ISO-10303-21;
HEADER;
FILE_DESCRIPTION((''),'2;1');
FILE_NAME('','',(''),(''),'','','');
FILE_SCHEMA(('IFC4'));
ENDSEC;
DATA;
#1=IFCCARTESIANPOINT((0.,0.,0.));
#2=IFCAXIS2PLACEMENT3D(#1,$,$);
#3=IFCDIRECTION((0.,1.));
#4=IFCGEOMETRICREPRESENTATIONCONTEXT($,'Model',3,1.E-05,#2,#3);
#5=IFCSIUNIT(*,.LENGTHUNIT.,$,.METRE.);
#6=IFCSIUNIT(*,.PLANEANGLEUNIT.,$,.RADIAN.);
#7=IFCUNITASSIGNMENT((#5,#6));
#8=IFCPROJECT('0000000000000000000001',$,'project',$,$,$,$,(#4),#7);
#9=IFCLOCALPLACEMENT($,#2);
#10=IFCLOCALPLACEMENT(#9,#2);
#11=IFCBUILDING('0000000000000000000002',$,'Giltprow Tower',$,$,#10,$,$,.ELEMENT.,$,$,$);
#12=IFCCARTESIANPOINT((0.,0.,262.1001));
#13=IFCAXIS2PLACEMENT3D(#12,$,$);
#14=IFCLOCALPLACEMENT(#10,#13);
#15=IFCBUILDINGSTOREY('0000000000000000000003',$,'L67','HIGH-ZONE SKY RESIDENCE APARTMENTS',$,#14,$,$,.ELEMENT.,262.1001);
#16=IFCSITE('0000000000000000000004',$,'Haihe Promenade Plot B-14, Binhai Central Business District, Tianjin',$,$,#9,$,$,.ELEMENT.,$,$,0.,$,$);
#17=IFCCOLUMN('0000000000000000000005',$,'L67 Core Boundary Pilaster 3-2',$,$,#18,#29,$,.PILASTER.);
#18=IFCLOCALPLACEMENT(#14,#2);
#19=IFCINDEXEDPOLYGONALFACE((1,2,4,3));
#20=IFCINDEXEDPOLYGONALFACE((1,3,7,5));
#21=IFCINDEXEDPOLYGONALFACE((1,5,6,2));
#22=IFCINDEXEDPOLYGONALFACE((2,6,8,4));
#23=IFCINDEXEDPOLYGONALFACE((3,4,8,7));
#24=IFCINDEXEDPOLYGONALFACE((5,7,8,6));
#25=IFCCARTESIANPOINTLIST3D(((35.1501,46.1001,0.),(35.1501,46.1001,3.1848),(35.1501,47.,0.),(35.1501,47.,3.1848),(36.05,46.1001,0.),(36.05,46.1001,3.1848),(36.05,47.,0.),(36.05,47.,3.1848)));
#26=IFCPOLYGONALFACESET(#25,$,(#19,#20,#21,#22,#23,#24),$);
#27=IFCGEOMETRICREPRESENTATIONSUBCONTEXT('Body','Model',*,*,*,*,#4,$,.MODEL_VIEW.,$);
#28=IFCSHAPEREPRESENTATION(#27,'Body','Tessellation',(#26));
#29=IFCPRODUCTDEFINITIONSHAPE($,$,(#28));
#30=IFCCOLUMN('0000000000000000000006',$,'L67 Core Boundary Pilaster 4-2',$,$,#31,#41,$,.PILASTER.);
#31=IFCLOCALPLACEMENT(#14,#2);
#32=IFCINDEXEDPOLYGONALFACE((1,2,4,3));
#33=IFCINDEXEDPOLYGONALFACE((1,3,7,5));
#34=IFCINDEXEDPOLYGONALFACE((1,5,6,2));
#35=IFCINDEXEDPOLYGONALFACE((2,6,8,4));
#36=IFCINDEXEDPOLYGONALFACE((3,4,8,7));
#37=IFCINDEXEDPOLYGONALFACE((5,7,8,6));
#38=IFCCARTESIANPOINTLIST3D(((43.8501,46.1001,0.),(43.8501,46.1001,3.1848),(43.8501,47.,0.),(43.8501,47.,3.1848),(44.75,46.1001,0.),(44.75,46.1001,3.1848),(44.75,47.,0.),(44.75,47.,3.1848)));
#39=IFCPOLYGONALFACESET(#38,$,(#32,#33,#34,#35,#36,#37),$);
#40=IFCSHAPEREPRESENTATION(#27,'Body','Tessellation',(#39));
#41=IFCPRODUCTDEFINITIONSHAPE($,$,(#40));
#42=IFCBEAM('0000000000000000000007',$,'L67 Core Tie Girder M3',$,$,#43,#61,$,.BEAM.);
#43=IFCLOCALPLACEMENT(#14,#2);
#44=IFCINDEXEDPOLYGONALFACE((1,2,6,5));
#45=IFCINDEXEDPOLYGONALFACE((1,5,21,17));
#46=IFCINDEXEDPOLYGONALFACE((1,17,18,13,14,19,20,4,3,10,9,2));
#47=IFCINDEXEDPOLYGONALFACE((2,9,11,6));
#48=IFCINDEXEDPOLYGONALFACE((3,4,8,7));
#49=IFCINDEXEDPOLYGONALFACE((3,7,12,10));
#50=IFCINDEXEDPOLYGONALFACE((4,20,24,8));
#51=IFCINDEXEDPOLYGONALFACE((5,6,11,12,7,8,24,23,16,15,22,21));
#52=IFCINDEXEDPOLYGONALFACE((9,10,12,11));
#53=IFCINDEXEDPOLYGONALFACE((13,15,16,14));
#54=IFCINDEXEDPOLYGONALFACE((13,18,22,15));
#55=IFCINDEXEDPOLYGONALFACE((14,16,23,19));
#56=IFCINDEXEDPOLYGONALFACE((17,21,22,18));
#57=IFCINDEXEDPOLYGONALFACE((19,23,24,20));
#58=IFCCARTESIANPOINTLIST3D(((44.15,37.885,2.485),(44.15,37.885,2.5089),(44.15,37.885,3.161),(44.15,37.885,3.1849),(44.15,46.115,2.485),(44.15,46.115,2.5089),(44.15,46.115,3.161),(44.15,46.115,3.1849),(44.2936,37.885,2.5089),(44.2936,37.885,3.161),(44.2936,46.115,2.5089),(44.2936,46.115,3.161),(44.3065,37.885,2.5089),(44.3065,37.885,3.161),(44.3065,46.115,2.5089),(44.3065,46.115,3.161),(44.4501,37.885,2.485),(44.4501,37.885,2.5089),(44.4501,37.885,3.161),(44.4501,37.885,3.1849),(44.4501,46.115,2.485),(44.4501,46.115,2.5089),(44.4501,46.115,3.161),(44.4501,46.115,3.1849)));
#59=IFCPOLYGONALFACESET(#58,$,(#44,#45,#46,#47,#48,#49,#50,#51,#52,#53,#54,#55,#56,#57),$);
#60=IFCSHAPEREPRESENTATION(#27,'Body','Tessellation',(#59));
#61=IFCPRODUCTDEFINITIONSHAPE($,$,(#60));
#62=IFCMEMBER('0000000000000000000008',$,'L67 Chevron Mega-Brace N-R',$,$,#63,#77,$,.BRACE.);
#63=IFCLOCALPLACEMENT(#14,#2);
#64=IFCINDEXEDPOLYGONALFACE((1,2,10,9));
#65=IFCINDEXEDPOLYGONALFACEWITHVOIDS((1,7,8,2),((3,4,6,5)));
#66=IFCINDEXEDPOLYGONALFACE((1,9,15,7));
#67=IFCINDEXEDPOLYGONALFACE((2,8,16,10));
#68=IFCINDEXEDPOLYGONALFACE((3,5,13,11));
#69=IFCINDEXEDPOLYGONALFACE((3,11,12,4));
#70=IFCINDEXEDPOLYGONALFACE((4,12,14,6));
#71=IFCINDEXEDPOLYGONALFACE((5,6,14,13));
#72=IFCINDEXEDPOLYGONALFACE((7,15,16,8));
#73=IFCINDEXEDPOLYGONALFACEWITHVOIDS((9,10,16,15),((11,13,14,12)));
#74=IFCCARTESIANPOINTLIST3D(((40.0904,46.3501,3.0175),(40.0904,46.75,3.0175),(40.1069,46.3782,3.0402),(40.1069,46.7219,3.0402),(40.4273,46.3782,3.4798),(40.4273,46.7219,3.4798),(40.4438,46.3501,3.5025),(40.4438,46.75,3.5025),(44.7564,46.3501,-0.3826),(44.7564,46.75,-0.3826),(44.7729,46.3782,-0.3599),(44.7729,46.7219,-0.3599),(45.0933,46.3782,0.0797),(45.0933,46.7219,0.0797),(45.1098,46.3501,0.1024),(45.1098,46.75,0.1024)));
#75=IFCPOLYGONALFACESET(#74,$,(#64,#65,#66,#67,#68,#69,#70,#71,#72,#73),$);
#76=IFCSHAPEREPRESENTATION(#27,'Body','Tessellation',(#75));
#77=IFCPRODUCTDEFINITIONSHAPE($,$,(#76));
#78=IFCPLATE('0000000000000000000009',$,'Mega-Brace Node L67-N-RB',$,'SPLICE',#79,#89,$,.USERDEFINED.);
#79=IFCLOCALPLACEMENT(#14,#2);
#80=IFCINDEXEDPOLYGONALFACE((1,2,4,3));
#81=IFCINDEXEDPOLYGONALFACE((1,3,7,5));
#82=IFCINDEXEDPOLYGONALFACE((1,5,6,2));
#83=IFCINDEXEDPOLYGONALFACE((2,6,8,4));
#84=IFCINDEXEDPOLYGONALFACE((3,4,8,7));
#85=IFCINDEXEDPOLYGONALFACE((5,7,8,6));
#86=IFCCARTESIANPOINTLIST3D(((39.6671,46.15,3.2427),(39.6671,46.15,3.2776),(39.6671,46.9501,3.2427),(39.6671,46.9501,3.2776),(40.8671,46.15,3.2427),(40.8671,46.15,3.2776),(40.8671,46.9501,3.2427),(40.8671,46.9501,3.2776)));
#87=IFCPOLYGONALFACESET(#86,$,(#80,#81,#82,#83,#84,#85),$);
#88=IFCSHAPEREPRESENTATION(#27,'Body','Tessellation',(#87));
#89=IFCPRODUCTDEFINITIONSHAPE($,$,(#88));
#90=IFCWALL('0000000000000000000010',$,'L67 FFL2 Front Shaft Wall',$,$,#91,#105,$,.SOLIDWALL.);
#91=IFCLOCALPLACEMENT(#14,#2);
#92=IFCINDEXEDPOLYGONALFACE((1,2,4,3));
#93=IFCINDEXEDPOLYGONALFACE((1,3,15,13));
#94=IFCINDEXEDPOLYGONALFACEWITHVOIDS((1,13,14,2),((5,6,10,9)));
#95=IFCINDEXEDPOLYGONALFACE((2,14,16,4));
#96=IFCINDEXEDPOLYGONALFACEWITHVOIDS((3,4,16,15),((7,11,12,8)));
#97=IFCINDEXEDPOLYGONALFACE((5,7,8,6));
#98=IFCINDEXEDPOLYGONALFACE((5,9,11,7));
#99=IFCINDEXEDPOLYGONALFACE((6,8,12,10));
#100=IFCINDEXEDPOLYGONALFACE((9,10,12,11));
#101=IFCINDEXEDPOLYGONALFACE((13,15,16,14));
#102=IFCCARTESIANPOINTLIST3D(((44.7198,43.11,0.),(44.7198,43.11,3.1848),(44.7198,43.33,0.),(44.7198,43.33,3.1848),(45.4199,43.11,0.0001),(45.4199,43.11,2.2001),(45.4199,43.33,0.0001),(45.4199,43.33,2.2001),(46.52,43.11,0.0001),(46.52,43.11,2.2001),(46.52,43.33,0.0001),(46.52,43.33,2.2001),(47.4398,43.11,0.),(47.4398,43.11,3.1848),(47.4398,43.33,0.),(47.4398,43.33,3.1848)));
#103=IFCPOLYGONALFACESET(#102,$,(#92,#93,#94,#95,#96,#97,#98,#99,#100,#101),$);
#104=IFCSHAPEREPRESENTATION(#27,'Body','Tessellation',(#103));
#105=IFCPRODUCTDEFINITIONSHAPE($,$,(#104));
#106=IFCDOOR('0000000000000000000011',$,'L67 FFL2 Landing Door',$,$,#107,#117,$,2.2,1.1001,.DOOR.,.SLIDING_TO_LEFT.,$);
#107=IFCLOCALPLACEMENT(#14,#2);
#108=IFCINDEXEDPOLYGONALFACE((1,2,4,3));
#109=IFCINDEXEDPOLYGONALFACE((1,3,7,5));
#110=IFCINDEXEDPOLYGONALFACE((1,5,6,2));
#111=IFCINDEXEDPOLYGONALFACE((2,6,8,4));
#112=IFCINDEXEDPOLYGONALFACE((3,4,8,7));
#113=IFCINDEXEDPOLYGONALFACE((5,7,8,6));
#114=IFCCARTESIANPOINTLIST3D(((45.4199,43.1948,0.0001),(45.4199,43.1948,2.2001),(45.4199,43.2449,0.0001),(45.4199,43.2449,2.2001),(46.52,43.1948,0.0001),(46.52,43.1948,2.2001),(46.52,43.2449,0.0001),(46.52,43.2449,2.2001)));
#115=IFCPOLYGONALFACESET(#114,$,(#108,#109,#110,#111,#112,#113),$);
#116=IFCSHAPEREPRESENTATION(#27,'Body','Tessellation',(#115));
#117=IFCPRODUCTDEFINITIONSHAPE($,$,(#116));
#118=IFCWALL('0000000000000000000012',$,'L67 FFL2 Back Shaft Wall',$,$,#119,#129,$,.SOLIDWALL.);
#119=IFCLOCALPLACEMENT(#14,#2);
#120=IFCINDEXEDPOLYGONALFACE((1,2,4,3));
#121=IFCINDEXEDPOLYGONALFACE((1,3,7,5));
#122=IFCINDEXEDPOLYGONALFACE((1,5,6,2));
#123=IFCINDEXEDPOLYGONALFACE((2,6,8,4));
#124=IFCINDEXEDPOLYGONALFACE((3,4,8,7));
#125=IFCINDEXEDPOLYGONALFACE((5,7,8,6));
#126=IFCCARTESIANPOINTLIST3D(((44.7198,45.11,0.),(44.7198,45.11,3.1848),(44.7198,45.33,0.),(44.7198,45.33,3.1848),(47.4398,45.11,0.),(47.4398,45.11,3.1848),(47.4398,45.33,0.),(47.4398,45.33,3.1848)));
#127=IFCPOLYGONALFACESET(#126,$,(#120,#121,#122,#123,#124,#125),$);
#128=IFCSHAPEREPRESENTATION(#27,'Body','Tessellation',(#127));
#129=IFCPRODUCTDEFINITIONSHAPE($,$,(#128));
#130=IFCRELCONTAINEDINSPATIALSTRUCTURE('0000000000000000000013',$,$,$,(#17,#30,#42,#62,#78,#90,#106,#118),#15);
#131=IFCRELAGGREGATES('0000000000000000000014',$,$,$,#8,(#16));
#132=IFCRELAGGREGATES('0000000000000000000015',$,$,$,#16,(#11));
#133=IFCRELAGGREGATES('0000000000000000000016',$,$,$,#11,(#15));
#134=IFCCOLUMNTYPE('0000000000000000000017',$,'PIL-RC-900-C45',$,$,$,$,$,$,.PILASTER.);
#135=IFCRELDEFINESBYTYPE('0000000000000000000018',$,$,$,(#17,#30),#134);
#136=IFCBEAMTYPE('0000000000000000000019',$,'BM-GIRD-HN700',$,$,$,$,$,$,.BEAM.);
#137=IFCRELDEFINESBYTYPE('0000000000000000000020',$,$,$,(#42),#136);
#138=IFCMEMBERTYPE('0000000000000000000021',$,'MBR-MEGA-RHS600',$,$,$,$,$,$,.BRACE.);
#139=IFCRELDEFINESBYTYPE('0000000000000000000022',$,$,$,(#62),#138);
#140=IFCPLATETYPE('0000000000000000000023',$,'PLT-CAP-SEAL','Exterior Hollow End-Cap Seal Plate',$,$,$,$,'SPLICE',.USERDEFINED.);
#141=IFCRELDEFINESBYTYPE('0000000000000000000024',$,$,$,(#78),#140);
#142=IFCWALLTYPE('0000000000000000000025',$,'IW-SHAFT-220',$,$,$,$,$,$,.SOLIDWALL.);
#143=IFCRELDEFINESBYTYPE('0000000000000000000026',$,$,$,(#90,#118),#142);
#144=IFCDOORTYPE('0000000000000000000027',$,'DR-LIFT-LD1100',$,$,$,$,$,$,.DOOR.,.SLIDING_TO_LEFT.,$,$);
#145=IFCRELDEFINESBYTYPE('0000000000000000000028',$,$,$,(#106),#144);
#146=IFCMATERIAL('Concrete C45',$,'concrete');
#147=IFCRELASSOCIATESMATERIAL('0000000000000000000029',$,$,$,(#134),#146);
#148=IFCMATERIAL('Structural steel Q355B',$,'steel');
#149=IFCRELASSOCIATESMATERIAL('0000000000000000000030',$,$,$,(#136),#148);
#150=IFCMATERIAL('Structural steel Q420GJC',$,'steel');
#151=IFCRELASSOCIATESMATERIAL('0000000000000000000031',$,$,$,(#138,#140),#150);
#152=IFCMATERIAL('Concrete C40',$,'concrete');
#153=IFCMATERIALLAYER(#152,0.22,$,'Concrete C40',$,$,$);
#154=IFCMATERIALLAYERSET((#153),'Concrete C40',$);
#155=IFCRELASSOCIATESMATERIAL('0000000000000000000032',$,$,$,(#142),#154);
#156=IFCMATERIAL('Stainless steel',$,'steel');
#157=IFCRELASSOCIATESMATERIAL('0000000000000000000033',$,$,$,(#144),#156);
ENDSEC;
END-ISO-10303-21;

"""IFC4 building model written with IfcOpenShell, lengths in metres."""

from ifc_helpers import new_model, si_unit, direction, frame, frame_2d, origin, origin_2d, place, context, subcontext, project, spatial, rectangle, hollow_rectangle, i_section, extrude, source, transform, mapped, material, layer, layer_set, material_profile, profile_set, type_object, element, fill, save


model = new_model("IFC4")

# Units and contexts
model_context = context("Model", 3, precision=1e-05, world=origin(), true_north=direction((0.0, 1.0)))
body_context = subcontext(model_context, "Body", "Model", "MODEL_VIEW")
ifc_project = project(units=[si_unit("LENGTHUNIT", "METRE"), si_unit("PLANEANGLEUNIT", "RADIAN")], contexts=[model_context])

# Site, building, storey
site_placement = place(None, origin())
site = spatial("IfcSite", under=ifc_project, at=site_placement, Name="Haihe Promenade Plot B-14, Binhai Central Business District, Tianjin", CompositionType="ELEMENT", RefElevation=0.0)
building_placement = place(site_placement, origin())
building = spatial("IfcBuilding", under=site, at=building_placement, Name="Giltprow Tower", CompositionType="ELEMENT")
storey_placement = place(building_placement, frame((0.0, 0.0, 262.1001)))
storey = spatial("IfcBuildingStorey", under=building, at=storey_placement, Name="L67", Description="HIGH-ZONE SKY RESIDENCE APARTMENTS", CompositionType="ELEMENT", Elevation=262.1001)

# Columns
ifc_material_1 = material(Name="Concrete C45", Category="concrete")
ifc_material_profile_1 = material_profile(ifc_material_1, rectangle(XDim=0.8999, YDim=0.8999, at=origin_2d()), Name="RC 900x900")
ifc_profile_set_1 = profile_set([ifc_material_profile_1], Name="Concrete C45")
column_type = type_object("IfcColumnType", Name="PIL-RC-900-C45", PredefinedType="PILASTER", material=ifc_profile_set_1)
shared_shape_1 = source(origin(), body_context, "Body", "SweptSolid", [
    extrude(rectangle(XDim=0.8999, YDim=0.8999, at=origin_2d()), origin(), (0.0, 0.0, 1.0), 3.1848),
])
for number, where, z_axis, x_axis, name in (
    (1, (35.6001, 46.55, 0.0), (0.0, 0.0, 1.0), (1.0, 0.0, 0.0), "L67 Core Boundary Pilaster 3-2"),
    (2, (44.3, 46.55, 0.0), (0.0, 0.0, 1.0), (1.0, 0.0, 0.0), "L67 Core Boundary Pilaster 4-2"),
):
    element("IfcColumn", number, at=place(storey_placement, frame(where, z_axis=z_axis, x_axis=x_axis)), inside=storey, type_object=column_type, Name=name, PredefinedType="PILASTER", context=body_context, shape_type="MappedRepresentation", body=[
        mapped(shared_shape_1, transform((0.0, 0.0, 0.0), x_axis=(1.0, 0.0, 0.0), y_axis=(0.0, 1.0, 0.0), z_axis=(0.0, 0.0, 1.0), scale=1.0)),
    ])

# Beam
ifc_material_2 = material(Name="Structural steel Q355B", Category="steel")
ifc_material_profile_2 = material_profile(ifc_material_2, i_section(OverallWidth=0.3, OverallDepth=0.7, WebThickness=0.0129, FlangeThickness=0.0239, at=origin_2d()), Name="HN 700x300x13x24")
ifc_profile_set_2 = profile_set([ifc_material_profile_2], Name="Structural steel Q355B")
beam_type = type_object("IfcBeamType", Name="BM-GIRD-HN700", PredefinedType="BEAM", material=ifc_profile_set_2)
shared_shape_2 = source(origin(), body_context, "Body", "SweptSolid", [
    extrude(i_section(OverallWidth=0.3, OverallDepth=0.7, WebThickness=0.0129, FlangeThickness=0.0239, at=origin_2d()), origin(), (0.0, 0.0, 1.0), 8.23),
])
beam_placement = place(storey_placement, frame((44.3, 37.885, 2.835), z_axis=(0.0, 1.0, 0.0), x_axis=(-1.0, 0.0, 0.0)))
element("IfcBeam", 3, at=beam_placement, inside=storey, type_object=beam_type, Name="L67 Core Tie Girder M3", PredefinedType="BEAM", context=body_context, shape_type="MappedRepresentation", body=[
    mapped(shared_shape_2, transform((0.0, 0.0, 0.0), x_axis=(1.0, 0.0, 0.0), y_axis=(0.0, 1.0, 0.0), z_axis=(0.0, 0.0, 1.0), scale=1.0)),
])

# Member
ifc_material_3 = material(Name="Structural steel Q420GJC", Category="steel")
ifc_material_profile_3 = material_profile(ifc_material_3, hollow_rectangle(XDim=0.3999, YDim=0.6001, WallThickness=0.0281, at=origin_2d()), Name="RHS 600x400x28")
ifc_profile_set_3 = profile_set([ifc_material_profile_3], Name="Structural steel Q420GJC")
member_type = type_object("IfcMemberType", Name="MBR-MEGA-RHS600", PredefinedType="BRACE", material=ifc_profile_set_3)
shared_shape_3 = source(origin(), body_context, "Body", "SweptSolid", [
    extrude(hollow_rectangle(XDim=0.3999, YDim=0.6001, WallThickness=0.0281, at=origin_2d()), origin(), (0.0, 0.0, 1.0), 5.7734),
])
member_placement = place(storey_placement, frame((44.9331, 46.55, -0.1401), z_axis=(-0.808185, 0.0, 0.588928), x_axis=(0.0, -1.0, 0.0)))
element("IfcMember", 4, at=member_placement, inside=storey, type_object=member_type, Name="L67 Chevron Mega-Brace N-R", PredefinedType="BRACE", context=body_context, shape_type="MappedRepresentation", body=[
    mapped(shared_shape_3, transform((0.0, 0.0, 0.0), x_axis=(1.0, 0.0, 0.0), y_axis=(0.0, 1.0, 0.0), z_axis=(0.0, 0.0, 1.0), scale=1.0)),
])

# Plate
plate_type = type_object("IfcPlateType", Name="PLT-CAP-SEAL", Description="Exterior Hollow End-Cap Seal Plate", ElementType="SPLICE", PredefinedType="USERDEFINED", material=ifc_material_3)
shared_shape_4 = source(origin(), body_context, "Body", "SweptSolid", [
    extrude(rectangle(XDim=1.2, YDim=0.8, at=origin_2d()), origin(), (0.0, 0.0, 1.0), 0.0349),
])
plate_placement = place(storey_placement, frame((40.2671, 46.55, 3.2427), z_axis=(0.0, 0.0, 1.0), x_axis=(1.0, 0.0, 0.0)))
element("IfcPlate", 5, at=plate_placement, inside=storey, type_object=plate_type, Name="Mega-Brace Node L67-N-RB", ObjectType="SPLICE", PredefinedType="USERDEFINED", context=body_context, shape_type="MappedRepresentation", body=[
    mapped(shared_shape_4, transform((0.0, 0.0, 0.0), x_axis=(1.0, 0.0, 0.0), y_axis=(0.0, 1.0, 0.0), z_axis=(0.0, 0.0, 1.0), scale=1.0)),
])

# Wall, opening, door
ifc_material_4 = material(Name="Concrete C40", Category="concrete")
ifc_layer_1 = layer(ifc_material_4, 0.22, Name="Concrete C40")
ifc_layer_set_1 = layer_set([ifc_layer_1], Name="Concrete C40")
wall_type_1 = type_object("IfcWallType", Name="IW-SHAFT-220", PredefinedType="SOLIDWALL", material=ifc_layer_set_1)
wall_1_placement = place(storey_placement, frame((44.72, 43.22, 0.0), z_axis=(0.0, 0.0, 1.0), x_axis=(1.0, 0.0, 0.0)))
wall_1 = element("IfcWall", 6, at=wall_1_placement, inside=storey, type_object=wall_type_1, Name="L67 FFL2 Front Shaft Wall", PredefinedType="SOLIDWALL", context=body_context, shape_type="SweptSolid", body=[
    extrude(rectangle(XDim=2.72, YDim=0.22, at=frame_2d((1.3599, 0.0))), origin(), (0.0, 0.0, 1.0), 3.1848),
])
opening_1_placement = place(wall_1_placement, frame((0.7, 0.0, 0.0)))
opening_1 = element("IfcOpeningElement", 7, at=opening_1_placement, cuts=wall_1, PredefinedType="OPENING", context=body_context, shape_type="SweptSolid", body=[
    extrude(rectangle(XDim=1.1001, YDim=2.2, at=frame_2d((0.55, 1.1001))), frame((0.0, 0.1199, 0.0), z_axis=(0.0, -1.0, 0.0), x_axis=(1.0, 0.0, 0.0)), (0.0, 0.0, 1.0), 0.24),
])
ifc_material_5 = material(Name="Stainless steel", Category="steel")
door_type_1 = type_object("IfcDoorType", Name="DR-LIFT-LD1100", OperationType="SLIDING_TO_LEFT", PredefinedType="DOOR", material=ifc_material_5)
shared_shape_5 = source(origin(), body_context, "Body", "SweptSolid", [
    extrude(rectangle(XDim=1.1001, YDim=2.2, at=frame_2d((0.55, 1.1001))), frame((0.0, 0.0249, 0.0), z_axis=(0.0, -1.0, 0.0), x_axis=(1.0, 0.0, 0.0)), (0.0, 0.0, 1.0), 0.05),
])
door_1_placement = place(opening_1_placement, origin())
door_1 = element("IfcDoor", 8, at=door_1_placement, inside=storey, type_object=door_type_1, Name="L67 FFL2 Landing Door", OperationType="SLIDING_TO_LEFT", OverallHeight=2.2, OverallWidth=1.1001, PredefinedType="DOOR", context=body_context, shape_type="MappedRepresentation", body=[
    mapped(shared_shape_5, transform((0.0, 0.0, 0.0), x_axis=(1.0, 0.0, 0.0), y_axis=(0.0, 1.0, 0.0), z_axis=(0.0, 0.0, 1.0), scale=1.0)),
])
fill(opening_1, door_1)

# Wall
wall_2_placement = place(storey_placement, frame((44.72, 45.22, 0.0), z_axis=(0.0, 0.0, 1.0), x_axis=(1.0, 0.0, 0.0)))
element("IfcWall", 9, at=wall_2_placement, inside=storey, type_object=wall_type_1, Name="L67 FFL2 Back Shaft Wall", PredefinedType="SOLIDWALL", context=body_context, shape_type="SweptSolid", body=[
    extrude(rectangle(XDim=2.72, YDim=0.22, at=frame_2d((1.3599, 0.0))), origin(), (0.0, 0.0, 1.0), 3.1848),
])

save(model, "model.ifc")
